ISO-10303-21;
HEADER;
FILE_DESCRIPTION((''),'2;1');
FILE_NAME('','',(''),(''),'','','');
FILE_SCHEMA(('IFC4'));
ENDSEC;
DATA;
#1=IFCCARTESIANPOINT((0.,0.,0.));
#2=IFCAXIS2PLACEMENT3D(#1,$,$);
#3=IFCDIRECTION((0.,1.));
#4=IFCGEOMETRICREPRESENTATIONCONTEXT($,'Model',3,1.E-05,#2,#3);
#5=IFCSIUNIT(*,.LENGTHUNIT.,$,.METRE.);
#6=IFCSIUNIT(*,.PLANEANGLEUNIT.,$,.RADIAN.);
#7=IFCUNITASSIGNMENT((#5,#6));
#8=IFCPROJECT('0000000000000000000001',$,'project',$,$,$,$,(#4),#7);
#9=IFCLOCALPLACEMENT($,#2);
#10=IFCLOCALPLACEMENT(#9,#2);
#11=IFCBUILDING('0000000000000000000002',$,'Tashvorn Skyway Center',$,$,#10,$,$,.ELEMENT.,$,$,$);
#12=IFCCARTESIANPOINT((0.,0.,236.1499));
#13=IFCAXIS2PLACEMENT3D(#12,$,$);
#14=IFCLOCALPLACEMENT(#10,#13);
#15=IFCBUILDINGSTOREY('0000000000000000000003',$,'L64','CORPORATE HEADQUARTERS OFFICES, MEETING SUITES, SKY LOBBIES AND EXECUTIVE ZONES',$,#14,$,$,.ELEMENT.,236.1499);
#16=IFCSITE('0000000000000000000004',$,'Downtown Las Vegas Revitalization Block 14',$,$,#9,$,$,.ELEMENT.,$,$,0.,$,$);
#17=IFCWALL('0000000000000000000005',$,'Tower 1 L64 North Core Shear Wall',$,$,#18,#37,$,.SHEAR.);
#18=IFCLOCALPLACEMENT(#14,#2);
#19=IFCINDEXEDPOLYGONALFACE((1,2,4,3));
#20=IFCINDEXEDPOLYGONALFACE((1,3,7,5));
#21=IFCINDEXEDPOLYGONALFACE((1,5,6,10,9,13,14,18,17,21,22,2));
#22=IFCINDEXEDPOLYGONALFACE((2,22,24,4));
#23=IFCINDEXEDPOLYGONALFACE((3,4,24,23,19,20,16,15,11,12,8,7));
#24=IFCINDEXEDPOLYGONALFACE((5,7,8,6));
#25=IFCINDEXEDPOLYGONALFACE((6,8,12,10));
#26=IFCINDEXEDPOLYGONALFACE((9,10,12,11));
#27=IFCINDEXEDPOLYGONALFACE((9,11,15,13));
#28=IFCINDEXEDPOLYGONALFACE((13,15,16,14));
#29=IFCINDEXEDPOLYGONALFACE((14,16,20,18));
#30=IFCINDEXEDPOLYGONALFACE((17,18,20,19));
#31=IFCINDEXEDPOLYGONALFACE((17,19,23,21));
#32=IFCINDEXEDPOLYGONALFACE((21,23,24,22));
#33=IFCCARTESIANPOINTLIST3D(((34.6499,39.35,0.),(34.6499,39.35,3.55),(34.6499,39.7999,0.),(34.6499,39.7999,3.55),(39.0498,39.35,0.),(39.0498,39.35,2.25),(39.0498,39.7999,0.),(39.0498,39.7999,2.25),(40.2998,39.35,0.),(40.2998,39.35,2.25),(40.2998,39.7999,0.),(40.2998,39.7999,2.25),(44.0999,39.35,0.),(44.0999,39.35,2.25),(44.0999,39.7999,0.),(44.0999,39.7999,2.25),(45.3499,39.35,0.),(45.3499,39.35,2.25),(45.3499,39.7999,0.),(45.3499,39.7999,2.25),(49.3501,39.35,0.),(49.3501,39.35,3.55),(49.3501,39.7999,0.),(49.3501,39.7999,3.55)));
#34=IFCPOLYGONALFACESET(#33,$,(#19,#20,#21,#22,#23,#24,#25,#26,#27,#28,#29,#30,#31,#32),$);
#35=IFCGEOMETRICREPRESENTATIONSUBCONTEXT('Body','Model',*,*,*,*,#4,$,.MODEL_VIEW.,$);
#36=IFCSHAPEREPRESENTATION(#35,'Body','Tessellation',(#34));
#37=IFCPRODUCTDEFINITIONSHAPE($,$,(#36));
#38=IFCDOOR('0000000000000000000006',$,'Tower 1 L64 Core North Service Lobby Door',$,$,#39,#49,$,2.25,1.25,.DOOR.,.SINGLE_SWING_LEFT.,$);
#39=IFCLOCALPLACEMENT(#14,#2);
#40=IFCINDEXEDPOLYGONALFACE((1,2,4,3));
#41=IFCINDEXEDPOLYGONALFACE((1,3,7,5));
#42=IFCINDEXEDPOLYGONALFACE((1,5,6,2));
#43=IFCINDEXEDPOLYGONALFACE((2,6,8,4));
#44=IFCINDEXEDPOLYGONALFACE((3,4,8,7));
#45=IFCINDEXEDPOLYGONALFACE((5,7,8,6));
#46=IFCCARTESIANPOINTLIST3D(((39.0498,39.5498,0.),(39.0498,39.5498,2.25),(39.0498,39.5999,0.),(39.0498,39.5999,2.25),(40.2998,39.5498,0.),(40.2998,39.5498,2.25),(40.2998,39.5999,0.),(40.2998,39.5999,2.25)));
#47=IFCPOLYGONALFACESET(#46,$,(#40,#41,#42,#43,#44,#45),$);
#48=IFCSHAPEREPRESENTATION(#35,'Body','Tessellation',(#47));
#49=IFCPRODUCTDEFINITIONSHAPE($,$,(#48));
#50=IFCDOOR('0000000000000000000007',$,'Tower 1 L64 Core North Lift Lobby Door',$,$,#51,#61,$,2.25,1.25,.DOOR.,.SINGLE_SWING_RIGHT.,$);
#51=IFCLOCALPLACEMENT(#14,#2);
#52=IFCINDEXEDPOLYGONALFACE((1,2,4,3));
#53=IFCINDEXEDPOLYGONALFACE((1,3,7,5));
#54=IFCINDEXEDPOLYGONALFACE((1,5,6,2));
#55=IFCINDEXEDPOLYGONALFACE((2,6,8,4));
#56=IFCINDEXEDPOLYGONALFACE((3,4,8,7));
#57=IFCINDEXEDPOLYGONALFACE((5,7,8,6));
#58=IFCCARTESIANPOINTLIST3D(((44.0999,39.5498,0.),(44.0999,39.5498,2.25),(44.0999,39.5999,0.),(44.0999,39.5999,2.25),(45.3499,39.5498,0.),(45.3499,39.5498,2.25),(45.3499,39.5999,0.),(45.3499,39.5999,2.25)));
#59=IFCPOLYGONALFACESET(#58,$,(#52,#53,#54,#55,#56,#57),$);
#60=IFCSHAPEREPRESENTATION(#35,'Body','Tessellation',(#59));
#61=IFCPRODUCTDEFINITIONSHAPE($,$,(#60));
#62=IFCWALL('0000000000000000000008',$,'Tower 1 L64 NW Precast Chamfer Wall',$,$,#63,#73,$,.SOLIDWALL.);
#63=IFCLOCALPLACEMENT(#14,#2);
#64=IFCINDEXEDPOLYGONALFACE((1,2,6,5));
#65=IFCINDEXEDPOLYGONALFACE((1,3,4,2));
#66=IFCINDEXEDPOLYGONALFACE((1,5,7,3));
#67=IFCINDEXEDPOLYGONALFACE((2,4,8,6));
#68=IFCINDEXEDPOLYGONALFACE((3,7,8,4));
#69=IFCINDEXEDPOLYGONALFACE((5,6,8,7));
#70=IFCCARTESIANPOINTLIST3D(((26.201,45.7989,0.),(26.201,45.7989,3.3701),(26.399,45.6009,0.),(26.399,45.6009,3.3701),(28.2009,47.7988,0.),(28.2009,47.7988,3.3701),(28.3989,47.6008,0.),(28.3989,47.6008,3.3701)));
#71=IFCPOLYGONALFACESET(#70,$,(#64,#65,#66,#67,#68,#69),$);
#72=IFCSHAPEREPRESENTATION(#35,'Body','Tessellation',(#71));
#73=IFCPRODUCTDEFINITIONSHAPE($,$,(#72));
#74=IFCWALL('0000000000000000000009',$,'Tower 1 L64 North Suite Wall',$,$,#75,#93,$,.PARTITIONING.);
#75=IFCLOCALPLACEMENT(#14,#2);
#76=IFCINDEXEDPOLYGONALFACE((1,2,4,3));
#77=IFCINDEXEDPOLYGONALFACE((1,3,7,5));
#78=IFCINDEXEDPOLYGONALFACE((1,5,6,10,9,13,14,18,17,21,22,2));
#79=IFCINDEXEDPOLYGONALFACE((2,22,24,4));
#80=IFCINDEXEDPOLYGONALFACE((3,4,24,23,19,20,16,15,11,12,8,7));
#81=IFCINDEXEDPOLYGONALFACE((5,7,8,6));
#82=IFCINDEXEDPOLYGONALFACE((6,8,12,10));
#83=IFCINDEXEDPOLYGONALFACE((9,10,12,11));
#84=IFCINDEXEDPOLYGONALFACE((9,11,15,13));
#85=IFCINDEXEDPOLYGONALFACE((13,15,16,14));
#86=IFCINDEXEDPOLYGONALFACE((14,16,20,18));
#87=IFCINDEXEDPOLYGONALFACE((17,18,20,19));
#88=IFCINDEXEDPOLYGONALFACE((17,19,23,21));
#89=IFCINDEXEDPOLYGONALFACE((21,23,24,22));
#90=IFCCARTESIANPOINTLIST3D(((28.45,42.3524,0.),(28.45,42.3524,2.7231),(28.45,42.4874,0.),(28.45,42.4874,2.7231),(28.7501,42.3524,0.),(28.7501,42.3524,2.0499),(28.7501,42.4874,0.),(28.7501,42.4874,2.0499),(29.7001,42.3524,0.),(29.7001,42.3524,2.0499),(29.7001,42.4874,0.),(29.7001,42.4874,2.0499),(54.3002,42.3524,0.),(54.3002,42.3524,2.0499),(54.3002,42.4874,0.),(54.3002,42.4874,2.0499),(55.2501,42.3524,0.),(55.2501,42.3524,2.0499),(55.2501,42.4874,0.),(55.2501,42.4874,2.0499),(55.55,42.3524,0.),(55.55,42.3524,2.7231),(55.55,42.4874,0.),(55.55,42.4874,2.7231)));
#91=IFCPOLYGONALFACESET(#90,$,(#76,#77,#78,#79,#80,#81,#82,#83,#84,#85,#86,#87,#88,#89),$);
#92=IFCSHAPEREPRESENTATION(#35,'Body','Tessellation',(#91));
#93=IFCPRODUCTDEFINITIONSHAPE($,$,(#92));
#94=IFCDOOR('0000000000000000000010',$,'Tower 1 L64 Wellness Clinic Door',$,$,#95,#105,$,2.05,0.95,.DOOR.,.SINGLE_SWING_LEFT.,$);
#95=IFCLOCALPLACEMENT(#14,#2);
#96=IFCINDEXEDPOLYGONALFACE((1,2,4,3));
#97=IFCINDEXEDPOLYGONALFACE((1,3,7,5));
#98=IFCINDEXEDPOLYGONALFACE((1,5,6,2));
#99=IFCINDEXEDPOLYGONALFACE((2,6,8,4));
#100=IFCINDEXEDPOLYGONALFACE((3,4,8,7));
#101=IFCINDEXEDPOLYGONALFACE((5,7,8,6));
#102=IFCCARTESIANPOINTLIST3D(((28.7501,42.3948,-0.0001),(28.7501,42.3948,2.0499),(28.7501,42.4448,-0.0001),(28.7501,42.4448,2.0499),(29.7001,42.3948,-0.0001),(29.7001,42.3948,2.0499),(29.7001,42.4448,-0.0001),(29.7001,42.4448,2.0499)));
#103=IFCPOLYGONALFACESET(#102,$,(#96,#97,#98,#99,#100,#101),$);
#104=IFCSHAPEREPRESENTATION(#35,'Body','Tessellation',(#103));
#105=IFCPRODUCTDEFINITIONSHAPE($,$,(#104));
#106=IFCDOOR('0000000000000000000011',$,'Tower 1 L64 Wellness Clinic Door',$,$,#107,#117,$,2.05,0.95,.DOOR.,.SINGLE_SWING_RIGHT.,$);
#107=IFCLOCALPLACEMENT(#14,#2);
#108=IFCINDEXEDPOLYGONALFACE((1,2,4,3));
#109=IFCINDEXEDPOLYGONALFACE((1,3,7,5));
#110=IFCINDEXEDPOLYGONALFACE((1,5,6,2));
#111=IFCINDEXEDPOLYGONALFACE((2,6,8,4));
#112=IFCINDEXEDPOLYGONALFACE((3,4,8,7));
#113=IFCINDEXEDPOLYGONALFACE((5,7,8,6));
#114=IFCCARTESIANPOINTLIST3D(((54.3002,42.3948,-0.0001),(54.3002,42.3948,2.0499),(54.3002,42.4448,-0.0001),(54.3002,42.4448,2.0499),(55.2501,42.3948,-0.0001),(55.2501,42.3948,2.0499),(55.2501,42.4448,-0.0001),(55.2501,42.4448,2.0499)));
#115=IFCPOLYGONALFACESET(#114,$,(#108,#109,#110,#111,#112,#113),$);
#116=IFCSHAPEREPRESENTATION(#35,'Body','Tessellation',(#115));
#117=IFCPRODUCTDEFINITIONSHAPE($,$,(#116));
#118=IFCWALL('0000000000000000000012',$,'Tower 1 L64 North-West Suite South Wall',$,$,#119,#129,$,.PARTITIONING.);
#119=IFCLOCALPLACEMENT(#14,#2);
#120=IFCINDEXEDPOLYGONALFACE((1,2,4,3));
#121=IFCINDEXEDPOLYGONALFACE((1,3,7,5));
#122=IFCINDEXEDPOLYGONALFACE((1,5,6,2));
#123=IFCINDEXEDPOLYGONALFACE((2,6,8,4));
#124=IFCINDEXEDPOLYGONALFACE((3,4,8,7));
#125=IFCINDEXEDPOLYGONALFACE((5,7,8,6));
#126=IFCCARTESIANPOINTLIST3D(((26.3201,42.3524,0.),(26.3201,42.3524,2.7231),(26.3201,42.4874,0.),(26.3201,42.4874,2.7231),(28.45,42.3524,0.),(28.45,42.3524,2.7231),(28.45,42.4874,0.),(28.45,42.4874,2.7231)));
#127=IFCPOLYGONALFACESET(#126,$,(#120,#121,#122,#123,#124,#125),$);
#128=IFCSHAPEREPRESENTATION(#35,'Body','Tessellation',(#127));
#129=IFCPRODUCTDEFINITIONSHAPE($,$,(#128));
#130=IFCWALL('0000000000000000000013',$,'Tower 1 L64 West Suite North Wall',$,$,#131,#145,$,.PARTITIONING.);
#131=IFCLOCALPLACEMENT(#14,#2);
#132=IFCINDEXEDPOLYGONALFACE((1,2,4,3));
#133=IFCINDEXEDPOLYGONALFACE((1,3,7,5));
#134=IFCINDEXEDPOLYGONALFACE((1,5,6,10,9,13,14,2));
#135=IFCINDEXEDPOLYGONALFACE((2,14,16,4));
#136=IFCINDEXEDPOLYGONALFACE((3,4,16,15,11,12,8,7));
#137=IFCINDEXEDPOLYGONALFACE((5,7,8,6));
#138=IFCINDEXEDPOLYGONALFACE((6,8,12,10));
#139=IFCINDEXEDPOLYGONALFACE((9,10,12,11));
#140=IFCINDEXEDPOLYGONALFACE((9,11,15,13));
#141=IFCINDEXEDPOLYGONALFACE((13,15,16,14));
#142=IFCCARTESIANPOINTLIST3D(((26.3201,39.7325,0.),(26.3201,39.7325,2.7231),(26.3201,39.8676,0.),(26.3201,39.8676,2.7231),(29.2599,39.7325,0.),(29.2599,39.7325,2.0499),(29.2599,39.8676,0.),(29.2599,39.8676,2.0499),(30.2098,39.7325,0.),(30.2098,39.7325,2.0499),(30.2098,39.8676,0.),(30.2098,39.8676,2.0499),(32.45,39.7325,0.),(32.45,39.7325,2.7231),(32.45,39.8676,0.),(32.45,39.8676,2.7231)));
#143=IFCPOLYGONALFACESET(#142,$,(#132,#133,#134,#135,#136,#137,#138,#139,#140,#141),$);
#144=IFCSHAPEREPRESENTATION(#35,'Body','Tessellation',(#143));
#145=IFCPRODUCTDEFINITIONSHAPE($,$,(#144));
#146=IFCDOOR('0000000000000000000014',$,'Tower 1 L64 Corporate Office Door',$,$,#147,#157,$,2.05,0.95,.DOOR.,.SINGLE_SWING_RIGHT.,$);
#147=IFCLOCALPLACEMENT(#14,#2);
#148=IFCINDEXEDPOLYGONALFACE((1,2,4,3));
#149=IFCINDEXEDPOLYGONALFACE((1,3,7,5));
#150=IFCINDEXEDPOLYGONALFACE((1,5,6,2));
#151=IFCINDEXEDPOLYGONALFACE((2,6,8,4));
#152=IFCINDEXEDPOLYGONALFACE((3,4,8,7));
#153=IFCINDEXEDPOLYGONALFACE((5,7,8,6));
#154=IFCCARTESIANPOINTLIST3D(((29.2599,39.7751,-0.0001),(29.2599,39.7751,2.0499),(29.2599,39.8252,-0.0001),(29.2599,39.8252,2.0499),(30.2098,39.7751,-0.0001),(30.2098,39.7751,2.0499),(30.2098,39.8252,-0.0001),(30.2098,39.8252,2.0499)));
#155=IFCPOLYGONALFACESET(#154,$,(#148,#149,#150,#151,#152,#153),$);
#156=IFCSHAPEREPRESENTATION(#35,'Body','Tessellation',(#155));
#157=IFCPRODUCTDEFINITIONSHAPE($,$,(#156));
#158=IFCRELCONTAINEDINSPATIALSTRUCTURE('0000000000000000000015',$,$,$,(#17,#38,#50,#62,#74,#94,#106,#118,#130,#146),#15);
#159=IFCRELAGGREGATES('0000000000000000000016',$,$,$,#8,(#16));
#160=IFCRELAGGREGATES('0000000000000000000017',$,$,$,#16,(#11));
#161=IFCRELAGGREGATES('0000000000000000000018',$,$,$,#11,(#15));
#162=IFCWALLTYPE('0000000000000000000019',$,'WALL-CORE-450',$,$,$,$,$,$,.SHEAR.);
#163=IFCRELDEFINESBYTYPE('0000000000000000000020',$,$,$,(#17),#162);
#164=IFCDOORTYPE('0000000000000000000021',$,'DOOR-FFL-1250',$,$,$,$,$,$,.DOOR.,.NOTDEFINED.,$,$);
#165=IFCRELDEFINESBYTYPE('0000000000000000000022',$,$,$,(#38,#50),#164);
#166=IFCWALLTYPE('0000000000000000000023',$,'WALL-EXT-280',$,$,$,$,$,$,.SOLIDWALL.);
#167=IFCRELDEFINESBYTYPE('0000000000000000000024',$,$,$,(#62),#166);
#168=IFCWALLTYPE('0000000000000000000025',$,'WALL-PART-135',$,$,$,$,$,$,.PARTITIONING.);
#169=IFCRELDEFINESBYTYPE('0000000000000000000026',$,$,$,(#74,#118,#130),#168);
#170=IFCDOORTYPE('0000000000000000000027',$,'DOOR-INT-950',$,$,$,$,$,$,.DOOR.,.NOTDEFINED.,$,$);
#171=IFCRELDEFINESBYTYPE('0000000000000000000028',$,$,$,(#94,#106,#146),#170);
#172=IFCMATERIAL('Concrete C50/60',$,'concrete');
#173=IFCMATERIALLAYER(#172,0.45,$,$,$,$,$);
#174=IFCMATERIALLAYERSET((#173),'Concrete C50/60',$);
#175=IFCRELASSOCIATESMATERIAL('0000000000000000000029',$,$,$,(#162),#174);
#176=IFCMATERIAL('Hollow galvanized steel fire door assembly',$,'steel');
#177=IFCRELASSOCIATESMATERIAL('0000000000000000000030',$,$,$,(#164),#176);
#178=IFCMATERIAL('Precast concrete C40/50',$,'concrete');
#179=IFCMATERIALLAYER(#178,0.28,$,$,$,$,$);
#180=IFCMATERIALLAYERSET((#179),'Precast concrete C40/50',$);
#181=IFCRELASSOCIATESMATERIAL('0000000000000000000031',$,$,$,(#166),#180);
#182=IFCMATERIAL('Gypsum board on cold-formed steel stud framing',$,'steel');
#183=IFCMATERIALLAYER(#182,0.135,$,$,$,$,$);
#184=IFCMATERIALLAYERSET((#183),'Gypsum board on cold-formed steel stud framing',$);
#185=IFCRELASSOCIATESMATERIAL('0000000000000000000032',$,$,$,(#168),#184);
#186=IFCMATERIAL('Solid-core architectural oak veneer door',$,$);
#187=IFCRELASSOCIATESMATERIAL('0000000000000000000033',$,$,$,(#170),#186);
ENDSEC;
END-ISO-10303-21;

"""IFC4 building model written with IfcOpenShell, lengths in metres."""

from ifc_helpers import new_model, si_unit, direction, frame, frame_2d, origin, place, context, subcontext, project, spatial, rectangle, extrude, material, layer, layer_set, type_object, element, fill, save


model = new_model("IFC4")

# Units and contexts
model_context = context("Model", 3, precision=1e-05, world=origin(), true_north=direction((0.0, 1.0)))
body_context = subcontext(model_context, "Body", "Model", "MODEL_VIEW")
ifc_project = project(units=[si_unit("LENGTHUNIT", "METRE"), si_unit("PLANEANGLEUNIT", "RADIAN")], contexts=[model_context])

# Site, building, storey
site_placement = place(None, origin())
site = spatial("IfcSite", under=ifc_project, at=site_placement, Name="Downtown Las Vegas Revitalization Block 14", CompositionType="ELEMENT", RefElevation=0.0)
building_placement = place(site_placement, origin())
building = spatial("IfcBuilding", under=site, at=building_placement, Name="Tashvorn Skyway Center", CompositionType="ELEMENT")
storey_placement = place(building_placement, frame((0.0, 0.0, 236.1499)))
storey = spatial("IfcBuildingStorey", under=building, at=storey_placement, Name="L64", Description="CORPORATE HEADQUARTERS OFFICES, MEETING SUITES, SKY LOBBIES AND EXECUTIVE ZONES", CompositionType="ELEMENT", Elevation=236.1499)

# Wall, openings, doors
ifc_material_1 = material(Name="Concrete C50/60", Category="concrete")
ifc_layer_1 = layer(ifc_material_1, 0.45)
ifc_layer_set_1 = layer_set([ifc_layer_1], Name="Concrete C50/60")
wall_type_1 = type_object("IfcWallType", Name="WALL-CORE-450", PredefinedType="SHEAR", material=ifc_layer_set_1)
wall_1_placement = place(storey_placement, frame((34.6499, 39.575, 0.0), z_axis=(0.0, 0.0, 1.0), x_axis=(1.0, 0.0, 0.0)))
wall_1 = element("IfcWall", 1, at=wall_1_placement, inside=storey, type_object=wall_type_1, Name="Tower 1 L64 North Core Shear Wall", PredefinedType="SHEAR", context=body_context, shape_type="SweptSolid", body=[
    extrude(rectangle(XDim=14.7002, YDim=0.45, at=frame_2d((7.3501, 0.0))), origin(), (0.0, 0.0, 1.0), 3.55),
])
opening_1_placement = place(wall_1_placement, frame((4.3999, 0.0, 0.0)))
opening_1 = element("IfcOpeningElement", 2, at=opening_1_placement, cuts=wall_1, PredefinedType="OPENING", context=body_context, shape_type="SweptSolid", body=[
    extrude(rectangle(XDim=1.25, YDim=2.25, at=frame_2d((0.625, 1.125))), frame((0.0, 0.2349, 0.0), z_axis=(0.0, -1.0, 0.0), x_axis=(1.0, 0.0, 0.0)), (0.0, 0.0, 1.0), 0.47),
])
opening_2_placement = place(wall_1_placement, frame((9.45, 0.0, 0.0)))
opening_2 = element("IfcOpeningElement", 3, at=opening_2_placement, cuts=wall_1, PredefinedType="OPENING", context=body_context, shape_type="SweptSolid", body=[
    extrude(rectangle(XDim=1.25, YDim=2.25, at=frame_2d((0.625, 1.125))), frame((0.0, 0.2349, 0.0), z_axis=(0.0, -1.0, 0.0), x_axis=(1.0, 0.0, 0.0)), (0.0, 0.0, 1.0), 0.47),
])
ifc_material_2 = material(Name="Hollow galvanized steel fire door assembly", Category="steel")
door_type_1 = type_object("IfcDoorType", Name="DOOR-FFL-1250", OperationType="NOTDEFINED", PredefinedType="DOOR", material=ifc_material_2)
door_1_placement = place(opening_1_placement, origin())
door_1 = element("IfcDoor", 4, at=door_1_placement, inside=storey, type_object=door_type_1, Name="Tower 1 L64 Core North Service Lobby Door", OperationType="SINGLE_SWING_LEFT", OverallHeight=2.25, OverallWidth=1.25, PredefinedType="DOOR", context=body_context, shape_type="SweptSolid", body=[
    extrude(rectangle(XDim=1.25, YDim=2.25, at=frame_2d((0.625, 1.125))), frame((0.0, 0.0249, 0.0), z_axis=(0.0, -1.0, 0.0), x_axis=(1.0, 0.0, 0.0)), (0.0, 0.0, 1.0), 0.05),
])
fill(opening_1, door_1)
door_2_placement = place(opening_2_placement, origin())
door_2 = element("IfcDoor", 5, at=door_2_placement, inside=storey, type_object=door_type_1, Name="Tower 1 L64 Core North Lift Lobby Door", OperationType="SINGLE_SWING_RIGHT", OverallHeight=2.25, OverallWidth=1.25, PredefinedType="DOOR", context=body_context, shape_type="SweptSolid", body=[
    extrude(rectangle(XDim=1.25, YDim=2.25, at=frame_2d((0.625, 1.125))), frame((0.0, 0.0249, 0.0), z_axis=(0.0, -1.0, 0.0), x_axis=(1.0, 0.0, 0.0)), (0.0, 0.0, 1.0), 0.05),
])
fill(opening_2, door_2)

# Wall
ifc_material_3 = material(Name="Precast concrete C40/50", Category="concrete")
ifc_layer_2 = layer(ifc_material_3, 0.28)
ifc_layer_set_2 = layer_set([ifc_layer_2], Name="Precast concrete C40/50")
wall_type_2 = type_object("IfcWallType", Name="WALL-EXT-280", PredefinedType="SOLIDWALL", material=ifc_layer_set_2)
wall_2_placement = place(storey_placement, frame((26.3, 45.7, 0.0), z_axis=(0.0, 0.0, 1.0), x_axis=(0.707107, 0.707107, 0.0)))
element("IfcWall", 6, at=wall_2_placement, inside=storey, type_object=wall_type_2, Name="Tower 1 L64 NW Precast Chamfer Wall", PredefinedType="SOLIDWALL", context=body_context, shape_type="SweptSolid", body=[
    extrude(rectangle(XDim=2.8284, YDim=0.28, at=frame_2d((1.4141, 0.0))), origin(), (0.0, 0.0, 1.0), 3.3701),
])

# Wall, openings, doors
ifc_material_4 = material(Name="Gypsum board on cold-formed steel stud framing", Category="steel")
ifc_layer_3 = layer(ifc_material_4, 0.135)
ifc_layer_set_3 = layer_set([ifc_layer_3], Name="Gypsum board on cold-formed steel stud framing")
wall_type_3 = type_object("IfcWallType", Name="WALL-PART-135", PredefinedType="PARTITIONING", material=ifc_layer_set_3)
wall_3_placement = place(storey_placement, frame((28.45, 42.4199, 0.0), z_axis=(0.0, 0.0, 1.0), x_axis=(1.0, 0.0, 0.0)))
wall_3 = element("IfcWall", 7, at=wall_3_placement, inside=storey, type_object=wall_type_3, Name="Tower 1 L64 North Suite Wall", PredefinedType="PARTITIONING", context=body_context, shape_type="SweptSolid", body=[
    extrude(rectangle(XDim=27.1001, YDim=0.135, at=frame_2d((13.55, 0.0))), origin(), (0.0, 0.0, 1.0), 2.7231),
])
opening_3_placement = place(wall_3_placement, frame((0.3, 0.0, 0.0)))
opening_3 = element("IfcOpeningElement", 8, at=opening_3_placement, cuts=wall_3, PredefinedType="OPENING", context=body_context, shape_type="SweptSolid", body=[
    extrude(rectangle(XDim=0.95, YDim=2.05, at=frame_2d((0.4751, 1.0249))), frame((0.0, 0.0774, 0.0), z_axis=(0.0, -1.0, 0.0), x_axis=(1.0, 0.0, 0.0)), (0.0, 0.0, 1.0), 0.155),
])
opening_4_placement = place(wall_3_placement, frame((25.8501, 0.0, 0.0)))
opening_4 = element("IfcOpeningElement", 9, at=opening_4_placement, cuts=wall_3, PredefinedType="OPENING", context=body_context, shape_type="SweptSolid", body=[
    extrude(rectangle(XDim=0.95, YDim=2.05, at=frame_2d((0.4751, 1.0249))), frame((0.0, 0.0774, 0.0), z_axis=(0.0, -1.0, 0.0), x_axis=(1.0, 0.0, 0.0)), (0.0, 0.0, 1.0), 0.155),
])
ifc_material_5 = material(Name="Solid-core architectural oak veneer door")
door_type_2 = type_object("IfcDoorType", Name="DOOR-INT-950", OperationType="NOTDEFINED", PredefinedType="DOOR", material=ifc_material_5)
door_3_placement = place(opening_3_placement, origin())
door_3 = element("IfcDoor", 10, at=door_3_placement, inside=storey, type_object=door_type_2, Name="Tower 1 L64 Wellness Clinic Door", OperationType="SINGLE_SWING_LEFT", OverallHeight=2.05, OverallWidth=0.95, PredefinedType="DOOR", context=body_context, shape_type="SweptSolid", body=[
    extrude(rectangle(XDim=0.95, YDim=2.05, at=frame_2d((0.4751, 1.0249))), frame((0.0, 0.0249, 0.0), z_axis=(0.0, -1.0, 0.0), x_axis=(1.0, 0.0, 0.0)), (0.0, 0.0, 1.0), 0.05),
])
fill(opening_3, door_3)
door_4_placement = place(opening_4_placement, origin())
door_4 = element("IfcDoor", 11, at=door_4_placement, inside=storey, type_object=door_type_2, Name="Tower 1 L64 Wellness Clinic Door", OperationType="SINGLE_SWING_RIGHT", OverallHeight=2.05, OverallWidth=0.95, PredefinedType="DOOR", context=body_context, shape_type="SweptSolid", body=[
    extrude(rectangle(XDim=0.95, YDim=2.05, at=frame_2d((0.4751, 1.0249))), frame((0.0, 0.0249, 0.0), z_axis=(0.0, -1.0, 0.0), x_axis=(1.0, 0.0, 0.0)), (0.0, 0.0, 1.0), 0.05),
])
fill(opening_4, door_4)

# Wall
wall_4_placement = place(storey_placement, frame((26.3201, 42.4199, 0.0), z_axis=(0.0, 0.0, 1.0), x_axis=(1.0, 0.0, 0.0)))
element("IfcWall", 12, at=wall_4_placement, inside=storey, type_object=wall_type_3, Name="Tower 1 L64 North-West Suite South Wall", PredefinedType="PARTITIONING", context=body_context, shape_type="SweptSolid", body=[
    extrude(rectangle(XDim=2.1299, YDim=0.135, at=frame_2d((1.0649, 0.0))), origin(), (0.0, 0.0, 1.0), 2.7231),
])

# Wall, opening, door
wall_5_placement = place(storey_placement, frame((32.45, 39.8, 0.0), z_axis=(0.0, 0.0, 1.0), x_axis=(-1.0, 0.0, 0.0)))
wall_5 = element("IfcWall", 13, at=wall_5_placement, inside=storey, type_object=wall_type_3, Name="Tower 1 L64 West Suite North Wall", PredefinedType="PARTITIONING", context=body_context, shape_type="SweptSolid", body=[
    extrude(rectangle(XDim=6.1299, YDim=0.135, at=frame_2d((3.0649, 0.0))), origin(), (0.0, 0.0, 1.0), 2.7231),
])
opening_5_placement = place(wall_5_placement, frame((2.24, 0.0, 0.0)))
opening_5 = element("IfcOpeningElement", 14, at=opening_5_placement, cuts=wall_5, PredefinedType="OPENING", context=body_context, shape_type="SweptSolid", body=[
    extrude(rectangle(XDim=0.95, YDim=2.05, at=frame_2d((0.4751, 1.0249))), frame((0.0, 0.0774, 0.0), z_axis=(0.0, -1.0, 0.0), x_axis=(1.0, 0.0, 0.0)), (0.0, 0.0, 1.0), 0.155),
])
door_5_placement = place(opening_5_placement, origin())
door_5 = element("IfcDoor", 15, at=door_5_placement, inside=storey, type_object=door_type_2, Name="Tower 1 L64 Corporate Office Door", OperationType="SINGLE_SWING_RIGHT", OverallHeight=2.05, OverallWidth=0.95, PredefinedType="DOOR", context=body_context, shape_type="SweptSolid", body=[
    extrude(rectangle(XDim=0.95, YDim=2.05, at=frame_2d((0.4751, 1.0249))), frame((0.0, 0.0249, 0.0), z_axis=(0.0, -1.0, 0.0), x_axis=(1.0, 0.0, 0.0)), (0.0, 0.0, 1.0), 0.05),
])
fill(opening_5, door_5)

save(model, "model.ifc")
